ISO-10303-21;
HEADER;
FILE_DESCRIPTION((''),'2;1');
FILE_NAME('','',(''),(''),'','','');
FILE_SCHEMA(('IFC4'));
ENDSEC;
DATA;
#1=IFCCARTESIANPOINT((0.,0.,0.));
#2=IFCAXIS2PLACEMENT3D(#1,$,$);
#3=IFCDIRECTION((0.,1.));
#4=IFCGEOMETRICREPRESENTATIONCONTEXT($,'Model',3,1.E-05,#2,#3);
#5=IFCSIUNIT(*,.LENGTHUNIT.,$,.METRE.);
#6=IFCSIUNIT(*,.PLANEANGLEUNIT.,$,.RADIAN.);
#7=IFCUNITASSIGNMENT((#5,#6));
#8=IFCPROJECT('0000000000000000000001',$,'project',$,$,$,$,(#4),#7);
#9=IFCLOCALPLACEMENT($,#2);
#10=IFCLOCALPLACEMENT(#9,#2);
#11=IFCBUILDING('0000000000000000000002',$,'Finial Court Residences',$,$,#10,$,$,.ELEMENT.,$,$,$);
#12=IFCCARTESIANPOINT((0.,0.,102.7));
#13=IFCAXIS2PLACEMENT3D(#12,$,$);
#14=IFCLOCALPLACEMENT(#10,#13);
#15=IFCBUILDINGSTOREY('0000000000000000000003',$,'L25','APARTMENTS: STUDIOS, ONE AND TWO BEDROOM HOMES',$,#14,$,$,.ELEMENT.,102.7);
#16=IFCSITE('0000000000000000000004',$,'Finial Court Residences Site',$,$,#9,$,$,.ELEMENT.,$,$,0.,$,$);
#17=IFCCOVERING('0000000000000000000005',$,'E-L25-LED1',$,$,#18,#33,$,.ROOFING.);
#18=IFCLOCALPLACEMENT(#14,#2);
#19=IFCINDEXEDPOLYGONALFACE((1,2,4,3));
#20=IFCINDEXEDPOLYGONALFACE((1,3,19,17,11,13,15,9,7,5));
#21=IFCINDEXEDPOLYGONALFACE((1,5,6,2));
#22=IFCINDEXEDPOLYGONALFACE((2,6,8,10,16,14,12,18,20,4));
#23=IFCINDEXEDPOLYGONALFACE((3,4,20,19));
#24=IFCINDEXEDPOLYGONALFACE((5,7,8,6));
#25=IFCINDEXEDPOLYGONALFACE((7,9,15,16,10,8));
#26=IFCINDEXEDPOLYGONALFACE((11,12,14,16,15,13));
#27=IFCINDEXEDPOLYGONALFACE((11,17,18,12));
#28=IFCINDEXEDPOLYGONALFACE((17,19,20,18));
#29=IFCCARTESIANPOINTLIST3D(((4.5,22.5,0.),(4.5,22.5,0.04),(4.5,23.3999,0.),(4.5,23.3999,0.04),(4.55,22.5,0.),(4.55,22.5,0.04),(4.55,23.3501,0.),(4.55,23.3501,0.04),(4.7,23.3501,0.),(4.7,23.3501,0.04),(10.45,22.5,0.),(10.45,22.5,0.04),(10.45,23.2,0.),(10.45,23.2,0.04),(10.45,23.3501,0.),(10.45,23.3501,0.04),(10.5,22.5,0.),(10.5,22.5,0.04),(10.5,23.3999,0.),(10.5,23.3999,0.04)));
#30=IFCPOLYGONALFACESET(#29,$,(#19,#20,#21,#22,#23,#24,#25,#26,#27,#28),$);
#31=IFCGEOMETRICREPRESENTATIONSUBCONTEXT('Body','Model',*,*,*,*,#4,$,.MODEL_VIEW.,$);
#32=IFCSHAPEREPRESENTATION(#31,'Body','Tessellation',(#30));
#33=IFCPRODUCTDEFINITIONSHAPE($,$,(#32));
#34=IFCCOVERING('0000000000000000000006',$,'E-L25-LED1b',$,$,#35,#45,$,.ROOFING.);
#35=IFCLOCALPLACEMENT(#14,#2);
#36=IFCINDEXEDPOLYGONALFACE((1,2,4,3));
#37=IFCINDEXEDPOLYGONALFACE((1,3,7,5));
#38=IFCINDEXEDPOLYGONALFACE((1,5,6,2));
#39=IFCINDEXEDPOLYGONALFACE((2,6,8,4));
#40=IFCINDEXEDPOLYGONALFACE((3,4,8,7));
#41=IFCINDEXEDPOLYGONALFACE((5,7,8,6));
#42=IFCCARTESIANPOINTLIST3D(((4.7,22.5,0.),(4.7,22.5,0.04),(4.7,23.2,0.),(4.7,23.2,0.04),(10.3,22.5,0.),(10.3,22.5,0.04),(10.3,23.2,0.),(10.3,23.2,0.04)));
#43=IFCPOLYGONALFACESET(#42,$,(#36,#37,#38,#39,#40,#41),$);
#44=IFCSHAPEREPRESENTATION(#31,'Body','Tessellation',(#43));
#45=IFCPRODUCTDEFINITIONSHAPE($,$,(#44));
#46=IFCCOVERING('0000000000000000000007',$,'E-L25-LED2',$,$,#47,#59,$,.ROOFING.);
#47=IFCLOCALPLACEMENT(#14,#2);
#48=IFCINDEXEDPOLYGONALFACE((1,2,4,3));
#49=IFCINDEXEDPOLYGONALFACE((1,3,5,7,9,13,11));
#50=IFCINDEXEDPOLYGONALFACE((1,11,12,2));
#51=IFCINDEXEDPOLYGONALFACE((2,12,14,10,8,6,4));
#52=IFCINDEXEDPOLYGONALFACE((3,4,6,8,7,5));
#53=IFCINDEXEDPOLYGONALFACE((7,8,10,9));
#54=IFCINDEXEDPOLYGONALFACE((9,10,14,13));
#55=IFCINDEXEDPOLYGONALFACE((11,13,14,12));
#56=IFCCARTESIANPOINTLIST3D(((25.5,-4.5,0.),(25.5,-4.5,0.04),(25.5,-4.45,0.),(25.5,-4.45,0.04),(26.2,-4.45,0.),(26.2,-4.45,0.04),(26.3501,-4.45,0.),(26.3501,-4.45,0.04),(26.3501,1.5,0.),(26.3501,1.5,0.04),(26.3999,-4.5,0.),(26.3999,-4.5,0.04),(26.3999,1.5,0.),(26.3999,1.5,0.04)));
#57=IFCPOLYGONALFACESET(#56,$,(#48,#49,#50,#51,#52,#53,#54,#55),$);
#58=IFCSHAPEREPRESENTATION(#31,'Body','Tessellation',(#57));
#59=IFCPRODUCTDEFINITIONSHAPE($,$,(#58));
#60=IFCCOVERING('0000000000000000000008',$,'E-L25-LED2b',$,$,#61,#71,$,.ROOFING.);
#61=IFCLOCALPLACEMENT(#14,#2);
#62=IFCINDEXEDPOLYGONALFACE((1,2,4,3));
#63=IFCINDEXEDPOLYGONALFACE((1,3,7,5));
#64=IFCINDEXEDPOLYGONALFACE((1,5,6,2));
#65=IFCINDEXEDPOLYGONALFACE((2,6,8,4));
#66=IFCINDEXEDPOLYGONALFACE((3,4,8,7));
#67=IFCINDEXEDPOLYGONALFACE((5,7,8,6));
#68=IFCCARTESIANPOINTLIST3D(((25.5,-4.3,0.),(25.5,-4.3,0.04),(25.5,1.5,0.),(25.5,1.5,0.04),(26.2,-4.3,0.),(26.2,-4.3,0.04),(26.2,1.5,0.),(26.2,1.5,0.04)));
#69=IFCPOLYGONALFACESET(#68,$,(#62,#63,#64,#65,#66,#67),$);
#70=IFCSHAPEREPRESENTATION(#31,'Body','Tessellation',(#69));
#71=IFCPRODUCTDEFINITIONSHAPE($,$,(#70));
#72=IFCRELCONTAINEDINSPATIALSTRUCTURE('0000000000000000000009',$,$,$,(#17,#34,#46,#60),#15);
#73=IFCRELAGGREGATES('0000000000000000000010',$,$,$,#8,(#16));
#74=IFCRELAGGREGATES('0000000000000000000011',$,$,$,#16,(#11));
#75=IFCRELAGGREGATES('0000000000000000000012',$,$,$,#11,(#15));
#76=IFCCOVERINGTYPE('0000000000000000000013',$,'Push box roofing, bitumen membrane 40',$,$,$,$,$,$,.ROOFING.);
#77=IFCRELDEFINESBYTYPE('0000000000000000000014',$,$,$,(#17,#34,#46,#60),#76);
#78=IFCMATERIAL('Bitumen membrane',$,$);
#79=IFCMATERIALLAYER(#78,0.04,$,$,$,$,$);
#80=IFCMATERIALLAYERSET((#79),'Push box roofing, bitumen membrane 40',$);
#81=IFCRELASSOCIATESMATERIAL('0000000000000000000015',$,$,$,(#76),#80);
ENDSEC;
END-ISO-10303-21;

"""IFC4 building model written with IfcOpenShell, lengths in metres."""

from ifc_helpers import new_model, si_unit, direction, frame, origin, place, context, subcontext, project, spatial, polyline, outline, extrude, material, layer, layer_set, type_object, element, save


model = new_model("IFC4")

# Units and contexts
model_context = context("Model", 3, precision=1e-05, world=origin(), true_north=direction((0.0, 1.0)))
body_context = subcontext(model_context, "Body", "Model", "MODEL_VIEW")
ifc_project = project(units=[si_unit("LENGTHUNIT", "METRE"), si_unit("PLANEANGLEUNIT", "RADIAN")], contexts=[model_context])

# Site, building, storey
site_placement = place(None, origin())
site = spatial("IfcSite", under=ifc_project, at=site_placement, Name="Finial Court Residences Site", CompositionType="ELEMENT", RefElevation=0.0)
building_placement = place(site_placement, origin())
building = spatial("IfcBuilding", under=site, at=building_placement, Name="Finial Court Residences", CompositionType="ELEMENT")
storey_placement = place(building_placement, frame((0.0, 0.0, 102.7)))
storey = spatial("IfcBuildingStorey", under=building, at=storey_placement, Name="L25", Description="APARTMENTS: STUDIOS, ONE AND TWO BEDROOM HOMES", CompositionType="ELEMENT", Elevation=102.7)

# Coverings
ifc_material_1 = material(Name="Bitumen membrane")
ifc_layer_1 = layer(ifc_material_1, 0.04)
ifc_layer_set_1 = layer_set([ifc_layer_1], Name="Push box roofing, bitumen membrane 40")
covering_type_1 = type_object("IfcCoveringType", Name="Push box roofing, bitumen membrane 40", PredefinedType="ROOFING", material=ifc_layer_set_1)
covering_1_placement = place(storey_placement, origin())
element("IfcCovering", 1, at=covering_1_placement, inside=storey, type_object=covering_type_1, Name="E-L25-LED1", PredefinedType="ROOFING", context=body_context, shape_type="SweptSolid", body=[
    extrude(outline(polyline([(10.45, 22.5), (10.45, 23.2), (10.45, 23.3501), (4.7, 23.3501), (4.7, 23.3501), (4.55, 23.3501), (4.55, 22.5), (4.5, 22.5), (4.5, 23.3999), (10.5, 23.3999), (10.5, 22.5), (10.45, 22.5)])), origin(), (0.0, 0.0, 1.0), 0.04),
])
covering_2_placement = place(storey_placement, origin())
element("IfcCovering", 2, at=covering_2_placement, inside=storey, type_object=covering_type_1, Name="E-L25-LED1b", PredefinedType="ROOFING", context=body_context, shape_type="SweptSolid", body=[
    extrude(outline(polyline([(4.7, 22.5), (4.7, 23.2), (10.3, 23.2), (10.3, 22.5), (4.7, 22.5)])), origin(), (0.0, 0.0, 1.0), 0.04),
])
covering_3_placement = place(storey_placement, origin())
element("IfcCovering", 3, at=covering_3_placement, inside=storey, type_object=covering_type_1, Name="E-L25-LED2", PredefinedType="ROOFING", context=body_context, shape_type="SweptSolid", body=[
    extrude(outline(polyline([(25.5, -4.45), (26.2, -4.45), (26.3501, -4.45), (26.3501, 1.5), (26.3999, 1.5), (26.3999, -4.5), (25.5, -4.5), (25.5, -4.45)])), origin(), (0.0, 0.0, 1.0), 0.04),
])
covering_4_placement = place(storey_placement, origin())
element("IfcCovering", 4, at=covering_4_placement, inside=storey, type_object=covering_type_1, Name="E-L25-LED2b", PredefinedType="ROOFING", context=body_context, shape_type="SweptSolid", body=[
    extrude(outline(polyline([(25.5, 1.5), (26.2, 1.5), (26.2, -4.3), (25.5, -4.3), (25.5, 1.5)])), origin(), (0.0, 0.0, 1.0), 0.04),
])

save(model, "model.ifc")
